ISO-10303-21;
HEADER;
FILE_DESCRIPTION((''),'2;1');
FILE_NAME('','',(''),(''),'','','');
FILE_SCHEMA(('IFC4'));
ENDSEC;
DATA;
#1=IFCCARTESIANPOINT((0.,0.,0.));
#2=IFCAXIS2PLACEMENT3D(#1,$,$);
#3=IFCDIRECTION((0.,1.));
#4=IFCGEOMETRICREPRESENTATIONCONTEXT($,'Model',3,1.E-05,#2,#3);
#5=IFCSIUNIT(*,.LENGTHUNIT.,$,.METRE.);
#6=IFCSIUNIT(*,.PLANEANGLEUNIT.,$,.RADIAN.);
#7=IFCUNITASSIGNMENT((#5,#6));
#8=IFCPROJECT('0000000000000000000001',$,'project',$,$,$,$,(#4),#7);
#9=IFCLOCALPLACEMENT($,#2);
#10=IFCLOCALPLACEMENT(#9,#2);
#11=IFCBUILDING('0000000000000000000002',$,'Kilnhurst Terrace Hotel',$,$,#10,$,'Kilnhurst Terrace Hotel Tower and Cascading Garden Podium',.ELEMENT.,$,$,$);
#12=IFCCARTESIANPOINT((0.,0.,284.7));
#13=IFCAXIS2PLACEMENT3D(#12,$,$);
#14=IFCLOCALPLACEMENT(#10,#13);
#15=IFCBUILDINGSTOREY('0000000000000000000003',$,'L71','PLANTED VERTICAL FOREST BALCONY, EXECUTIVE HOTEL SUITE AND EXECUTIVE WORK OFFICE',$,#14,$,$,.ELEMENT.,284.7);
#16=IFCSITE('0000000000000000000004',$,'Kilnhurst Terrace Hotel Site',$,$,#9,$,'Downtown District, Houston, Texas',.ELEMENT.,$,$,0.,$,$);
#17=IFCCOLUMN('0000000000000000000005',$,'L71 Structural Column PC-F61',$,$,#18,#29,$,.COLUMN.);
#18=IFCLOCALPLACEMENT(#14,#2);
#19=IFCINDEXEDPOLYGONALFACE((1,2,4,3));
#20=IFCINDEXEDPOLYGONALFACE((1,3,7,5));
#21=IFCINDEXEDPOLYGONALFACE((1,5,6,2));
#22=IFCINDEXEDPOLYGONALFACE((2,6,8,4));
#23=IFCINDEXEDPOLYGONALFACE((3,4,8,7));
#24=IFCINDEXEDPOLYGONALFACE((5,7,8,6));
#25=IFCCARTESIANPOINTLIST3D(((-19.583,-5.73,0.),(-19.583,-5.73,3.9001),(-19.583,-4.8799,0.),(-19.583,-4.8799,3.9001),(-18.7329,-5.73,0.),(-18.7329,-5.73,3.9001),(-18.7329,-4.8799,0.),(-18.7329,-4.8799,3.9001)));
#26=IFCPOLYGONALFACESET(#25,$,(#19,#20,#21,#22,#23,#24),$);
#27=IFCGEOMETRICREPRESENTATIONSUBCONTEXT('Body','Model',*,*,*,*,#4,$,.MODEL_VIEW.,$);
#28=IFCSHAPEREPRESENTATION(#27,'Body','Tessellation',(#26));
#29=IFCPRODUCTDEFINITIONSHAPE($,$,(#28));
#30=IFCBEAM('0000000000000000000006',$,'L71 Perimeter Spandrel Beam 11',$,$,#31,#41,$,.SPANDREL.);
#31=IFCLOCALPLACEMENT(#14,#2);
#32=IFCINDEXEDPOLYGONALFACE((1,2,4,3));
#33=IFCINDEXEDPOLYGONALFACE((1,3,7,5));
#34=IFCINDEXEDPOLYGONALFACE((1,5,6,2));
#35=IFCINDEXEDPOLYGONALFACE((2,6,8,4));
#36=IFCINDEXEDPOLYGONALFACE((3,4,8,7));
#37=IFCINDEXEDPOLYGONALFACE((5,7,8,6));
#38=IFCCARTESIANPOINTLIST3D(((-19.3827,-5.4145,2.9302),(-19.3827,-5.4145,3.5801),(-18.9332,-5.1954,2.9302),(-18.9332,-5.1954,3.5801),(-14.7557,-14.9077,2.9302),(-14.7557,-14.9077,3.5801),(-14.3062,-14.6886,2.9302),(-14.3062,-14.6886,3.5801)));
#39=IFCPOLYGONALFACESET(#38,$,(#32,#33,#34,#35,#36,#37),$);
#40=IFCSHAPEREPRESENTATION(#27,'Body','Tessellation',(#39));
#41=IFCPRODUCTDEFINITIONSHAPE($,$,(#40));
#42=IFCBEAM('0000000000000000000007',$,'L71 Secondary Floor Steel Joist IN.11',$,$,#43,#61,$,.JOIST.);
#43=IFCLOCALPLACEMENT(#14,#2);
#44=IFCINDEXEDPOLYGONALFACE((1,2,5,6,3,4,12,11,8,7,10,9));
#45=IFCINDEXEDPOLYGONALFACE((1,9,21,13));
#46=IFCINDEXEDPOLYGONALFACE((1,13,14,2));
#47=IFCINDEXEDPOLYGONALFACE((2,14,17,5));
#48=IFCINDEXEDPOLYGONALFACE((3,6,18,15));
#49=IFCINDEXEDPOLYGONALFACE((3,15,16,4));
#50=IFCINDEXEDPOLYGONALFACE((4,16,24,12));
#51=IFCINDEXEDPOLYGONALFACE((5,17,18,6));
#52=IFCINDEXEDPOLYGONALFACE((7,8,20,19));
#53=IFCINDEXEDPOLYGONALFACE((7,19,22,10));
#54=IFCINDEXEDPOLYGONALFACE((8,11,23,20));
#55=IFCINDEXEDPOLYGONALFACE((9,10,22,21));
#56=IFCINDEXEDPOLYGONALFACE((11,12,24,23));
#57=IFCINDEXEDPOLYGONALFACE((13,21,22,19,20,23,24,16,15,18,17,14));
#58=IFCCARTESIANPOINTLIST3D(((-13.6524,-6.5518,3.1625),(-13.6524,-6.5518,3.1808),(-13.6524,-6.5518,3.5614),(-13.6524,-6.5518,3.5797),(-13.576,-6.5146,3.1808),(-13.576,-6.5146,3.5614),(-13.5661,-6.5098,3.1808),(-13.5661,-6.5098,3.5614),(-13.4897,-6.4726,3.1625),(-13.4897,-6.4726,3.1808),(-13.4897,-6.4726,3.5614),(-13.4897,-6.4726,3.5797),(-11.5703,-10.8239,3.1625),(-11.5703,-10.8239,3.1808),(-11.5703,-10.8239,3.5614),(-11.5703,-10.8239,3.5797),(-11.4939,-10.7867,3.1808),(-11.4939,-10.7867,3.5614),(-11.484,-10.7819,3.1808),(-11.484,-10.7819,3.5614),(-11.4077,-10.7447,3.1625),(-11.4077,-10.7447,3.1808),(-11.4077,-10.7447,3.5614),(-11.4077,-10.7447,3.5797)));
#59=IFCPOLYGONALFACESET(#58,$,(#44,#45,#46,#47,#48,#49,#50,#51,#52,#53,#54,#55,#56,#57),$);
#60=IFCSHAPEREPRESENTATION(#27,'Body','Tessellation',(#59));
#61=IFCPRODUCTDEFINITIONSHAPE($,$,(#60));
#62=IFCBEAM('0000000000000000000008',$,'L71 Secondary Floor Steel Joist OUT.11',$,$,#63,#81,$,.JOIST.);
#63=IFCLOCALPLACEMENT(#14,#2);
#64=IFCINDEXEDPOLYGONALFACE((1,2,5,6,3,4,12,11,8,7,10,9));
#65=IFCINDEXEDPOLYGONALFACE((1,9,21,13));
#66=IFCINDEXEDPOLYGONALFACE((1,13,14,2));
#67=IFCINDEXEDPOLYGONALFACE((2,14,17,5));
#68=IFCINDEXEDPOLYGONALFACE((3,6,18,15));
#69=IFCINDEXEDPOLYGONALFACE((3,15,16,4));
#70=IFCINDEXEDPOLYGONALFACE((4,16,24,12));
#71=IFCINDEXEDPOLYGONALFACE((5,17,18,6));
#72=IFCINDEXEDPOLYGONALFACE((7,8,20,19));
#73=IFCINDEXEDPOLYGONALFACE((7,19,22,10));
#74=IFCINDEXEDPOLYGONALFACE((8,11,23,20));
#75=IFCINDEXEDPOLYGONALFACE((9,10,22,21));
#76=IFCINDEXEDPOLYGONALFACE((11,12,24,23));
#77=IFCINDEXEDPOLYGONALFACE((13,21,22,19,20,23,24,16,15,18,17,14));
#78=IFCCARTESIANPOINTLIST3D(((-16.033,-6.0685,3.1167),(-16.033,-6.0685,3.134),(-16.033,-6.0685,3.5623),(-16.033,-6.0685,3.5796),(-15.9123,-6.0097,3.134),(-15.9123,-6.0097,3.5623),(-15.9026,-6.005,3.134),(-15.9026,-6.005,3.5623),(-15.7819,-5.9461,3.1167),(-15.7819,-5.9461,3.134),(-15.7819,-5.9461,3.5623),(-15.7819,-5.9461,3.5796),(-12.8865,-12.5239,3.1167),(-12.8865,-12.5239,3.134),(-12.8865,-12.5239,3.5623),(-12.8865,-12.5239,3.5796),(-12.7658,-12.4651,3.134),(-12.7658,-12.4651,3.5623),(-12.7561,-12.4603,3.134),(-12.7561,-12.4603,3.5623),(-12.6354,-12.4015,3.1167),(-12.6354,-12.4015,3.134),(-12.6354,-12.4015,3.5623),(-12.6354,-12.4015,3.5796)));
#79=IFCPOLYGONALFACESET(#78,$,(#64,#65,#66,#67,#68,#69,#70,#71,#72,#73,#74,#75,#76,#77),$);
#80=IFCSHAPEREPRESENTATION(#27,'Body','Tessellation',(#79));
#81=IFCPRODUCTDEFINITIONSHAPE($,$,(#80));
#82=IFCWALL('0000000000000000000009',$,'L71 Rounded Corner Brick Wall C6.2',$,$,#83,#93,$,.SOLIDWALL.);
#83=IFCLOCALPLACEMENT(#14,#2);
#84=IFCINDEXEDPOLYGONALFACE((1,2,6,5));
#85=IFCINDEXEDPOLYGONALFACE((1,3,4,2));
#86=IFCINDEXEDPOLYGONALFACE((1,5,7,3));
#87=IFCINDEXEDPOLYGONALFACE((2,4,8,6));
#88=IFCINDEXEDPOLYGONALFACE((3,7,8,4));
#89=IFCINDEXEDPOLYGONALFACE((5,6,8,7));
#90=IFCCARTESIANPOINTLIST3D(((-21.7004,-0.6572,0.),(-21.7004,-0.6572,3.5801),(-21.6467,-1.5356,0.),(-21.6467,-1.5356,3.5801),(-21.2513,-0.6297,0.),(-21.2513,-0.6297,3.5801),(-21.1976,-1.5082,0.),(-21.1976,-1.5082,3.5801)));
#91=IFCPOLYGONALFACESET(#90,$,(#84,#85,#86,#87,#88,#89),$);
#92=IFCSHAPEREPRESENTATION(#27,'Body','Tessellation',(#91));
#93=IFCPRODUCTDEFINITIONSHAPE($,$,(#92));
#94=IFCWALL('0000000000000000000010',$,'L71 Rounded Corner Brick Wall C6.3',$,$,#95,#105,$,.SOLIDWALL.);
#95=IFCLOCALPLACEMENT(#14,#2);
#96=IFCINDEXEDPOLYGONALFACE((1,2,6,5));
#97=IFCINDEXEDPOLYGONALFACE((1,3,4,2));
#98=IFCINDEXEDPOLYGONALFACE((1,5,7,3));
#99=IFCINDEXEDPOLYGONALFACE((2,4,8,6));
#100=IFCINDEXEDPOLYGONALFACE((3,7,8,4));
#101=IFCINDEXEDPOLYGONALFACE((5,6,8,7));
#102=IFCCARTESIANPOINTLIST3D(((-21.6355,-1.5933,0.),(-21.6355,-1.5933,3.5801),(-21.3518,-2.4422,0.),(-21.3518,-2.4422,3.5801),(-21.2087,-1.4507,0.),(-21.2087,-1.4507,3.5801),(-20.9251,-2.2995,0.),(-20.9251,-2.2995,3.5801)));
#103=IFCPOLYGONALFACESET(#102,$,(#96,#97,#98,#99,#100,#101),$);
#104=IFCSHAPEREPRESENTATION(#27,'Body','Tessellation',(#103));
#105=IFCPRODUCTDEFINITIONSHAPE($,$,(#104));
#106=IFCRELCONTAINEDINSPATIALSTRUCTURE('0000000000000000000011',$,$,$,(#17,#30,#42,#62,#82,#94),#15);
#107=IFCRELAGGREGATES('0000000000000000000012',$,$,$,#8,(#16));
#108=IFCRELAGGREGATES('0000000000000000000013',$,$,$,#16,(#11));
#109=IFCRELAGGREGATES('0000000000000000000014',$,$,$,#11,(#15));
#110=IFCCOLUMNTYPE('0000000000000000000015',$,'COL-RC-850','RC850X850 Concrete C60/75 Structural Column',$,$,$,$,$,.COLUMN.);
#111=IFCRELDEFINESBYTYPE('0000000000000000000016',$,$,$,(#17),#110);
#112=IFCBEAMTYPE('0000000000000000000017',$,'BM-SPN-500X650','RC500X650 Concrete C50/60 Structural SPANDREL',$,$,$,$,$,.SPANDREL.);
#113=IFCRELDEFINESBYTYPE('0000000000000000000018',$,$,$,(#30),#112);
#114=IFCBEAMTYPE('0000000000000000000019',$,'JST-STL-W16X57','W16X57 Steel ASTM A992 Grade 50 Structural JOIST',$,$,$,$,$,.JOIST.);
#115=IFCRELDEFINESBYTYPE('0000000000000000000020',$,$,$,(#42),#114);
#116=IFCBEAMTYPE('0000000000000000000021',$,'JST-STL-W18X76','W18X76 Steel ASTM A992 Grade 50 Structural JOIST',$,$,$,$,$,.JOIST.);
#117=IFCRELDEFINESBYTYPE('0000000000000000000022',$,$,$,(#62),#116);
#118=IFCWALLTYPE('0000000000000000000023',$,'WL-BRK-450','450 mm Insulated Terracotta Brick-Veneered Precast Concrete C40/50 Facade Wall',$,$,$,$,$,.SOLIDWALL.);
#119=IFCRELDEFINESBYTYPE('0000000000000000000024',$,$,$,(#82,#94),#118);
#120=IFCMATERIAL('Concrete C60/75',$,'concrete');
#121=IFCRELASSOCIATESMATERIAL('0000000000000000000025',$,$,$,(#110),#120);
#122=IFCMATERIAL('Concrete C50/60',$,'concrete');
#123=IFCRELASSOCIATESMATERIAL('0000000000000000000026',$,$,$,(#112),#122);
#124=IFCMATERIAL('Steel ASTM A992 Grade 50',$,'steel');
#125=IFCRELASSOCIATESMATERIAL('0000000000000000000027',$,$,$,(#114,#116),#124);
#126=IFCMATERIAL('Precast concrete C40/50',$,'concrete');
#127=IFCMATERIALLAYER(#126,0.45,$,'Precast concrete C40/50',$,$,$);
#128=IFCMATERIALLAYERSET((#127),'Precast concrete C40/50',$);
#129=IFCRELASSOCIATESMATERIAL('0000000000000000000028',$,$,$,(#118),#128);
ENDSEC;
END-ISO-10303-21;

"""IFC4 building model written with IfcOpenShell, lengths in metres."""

from ifc_helpers import new_model, si_unit, direction, frame, frame_2d, origin, origin_2d, place, context, subcontext, project, spatial, rectangle, i_section, extrude, material, layer, layer_set, material_profile, profile_set, type_object, element, save


model = new_model("IFC4")

# Units and contexts
model_context = context("Model", 3, precision=1e-05, world=origin(), true_north=direction((0.0, 1.0)))
body_context = subcontext(model_context, "Body", "Model", "MODEL_VIEW")
ifc_project = project(units=[si_unit("LENGTHUNIT", "METRE"), si_unit("PLANEANGLEUNIT", "RADIAN")], contexts=[model_context])

# Site, building, storey
site_placement = place(None, origin())
site = spatial("IfcSite", under=ifc_project, at=site_placement, Name="Kilnhurst Terrace Hotel Site", LongName="Downtown District, Houston, Texas", CompositionType="ELEMENT", RefElevation=0.0)
building_placement = place(site_placement, origin())
building = spatial("IfcBuilding", under=site, at=building_placement, Name="Kilnhurst Terrace Hotel", LongName="Kilnhurst Terrace Hotel Tower and Cascading Garden Podium", CompositionType="ELEMENT")
storey_placement = place(building_placement, frame((0.0, 0.0, 284.7)))
storey = spatial("IfcBuildingStorey", under=building, at=storey_placement, Name="L71", Description="PLANTED VERTICAL FOREST BALCONY, EXECUTIVE HOTEL SUITE AND EXECUTIVE WORK OFFICE", CompositionType="ELEMENT", Elevation=284.7)

# Column
ifc_material_1 = material(Name="Concrete C60/75", Category="concrete")
ifc_material_profile_1 = material_profile(ifc_material_1, rectangle(XDim=0.8501, YDim=0.8501, at=origin_2d()), Name="RC850X850")
ifc_profile_set_1 = profile_set([ifc_material_profile_1], Name="Concrete C60/75")
column_type = type_object("IfcColumnType", Name="COL-RC-850", Description="RC850X850 Concrete C60/75 Structural Column", PredefinedType="COLUMN", material=ifc_profile_set_1)
column_placement = place(storey_placement, frame((-19.158, -5.3049, 0.0), z_axis=(0.0, 0.0, 1.0), x_axis=(1.0, 0.0, 0.0)))
element("IfcColumn", 1, at=column_placement, inside=storey, type_object=column_type, Name="L71 Structural Column PC-F61", PredefinedType="COLUMN", context=body_context, shape_type="SweptSolid", body=[
    extrude(rectangle(XDim=0.8501, YDim=0.8501, at=origin_2d()), origin(), (0.0, 0.0, 1.0), 3.9001),
])

# Beams
ifc_material_2 = material(Name="Concrete C50/60", Category="concrete")
ifc_material_profile_2 = material_profile(ifc_material_2, rectangle(XDim=0.5, YDim=0.6499, at=origin_2d()), Name="RC500X650")
ifc_profile_set_2 = profile_set([ifc_material_profile_2], Name="Concrete C50/60")
beam_type_1 = type_object("IfcBeamType", Name="BM-SPN-500X650", Description="RC500X650 Concrete C50/60 Structural SPANDREL", PredefinedType="SPANDREL", material=ifc_profile_set_2)
beam_1_placement = place(storey_placement, frame((-19.158, -5.3049, 3.2551), z_axis=(0.438128, -0.898912, 0.0), x_axis=(0.898912, 0.438128, 0.0)))
element("IfcBeam", 2, at=beam_1_placement, inside=storey, type_object=beam_type_1, Name="L71 Perimeter Spandrel Beam 11", PredefinedType="SPANDREL", context=body_context, shape_type="SweptSolid", body=[
    extrude(rectangle(XDim=0.5, YDim=0.6499, at=origin_2d()), origin(), (0.0, 0.0, 1.0), 10.5608),
])
ifc_material_3 = material(Name="Steel ASTM A992 Grade 50", Category="steel")
ifc_material_profile_3 = material_profile(ifc_material_3, i_section(OverallWidth=0.1809, OverallDepth=0.4172, WebThickness=0.011, FlangeThickness=0.0183, at=origin_2d()), Name="W16X57")
ifc_profile_set_3 = profile_set([ifc_material_profile_3], Name="Steel ASTM A992 Grade 50")
beam_type_2 = type_object("IfcBeamType", Name="JST-STL-W16X57", Description="W16X57 Steel ASTM A992 Grade 50 Structural JOIST", PredefinedType="JOIST", material=ifc_profile_set_3)
beam_2_placement = place(storey_placement, frame((-13.571, -6.5122, 3.3711), z_axis=(0.438108, -0.898922, 0.0), x_axis=(0.898922, 0.438108, 0.0)))
element("IfcBeam", 3, at=beam_2_placement, inside=storey, type_object=beam_type_2, Name="L71 Secondary Floor Steel Joist IN.11", PredefinedType="JOIST", context=body_context, shape_type="SweptSolid", body=[
    extrude(i_section(OverallWidth=0.1809, OverallDepth=0.4172, WebThickness=0.011, FlangeThickness=0.0183, at=origin_2d()), origin(), (0.0, 0.0, 1.0), 4.7524),
])
ifc_material_profile_4 = material_profile(ifc_material_3, i_section(OverallWidth=0.2793, OverallDepth=0.4629, WebThickness=0.0107, FlangeThickness=0.0173, at=origin_2d()), Name="W18X76")
ifc_profile_set_4 = profile_set([ifc_material_profile_4], Name="Steel ASTM A992 Grade 50")
beam_type_3 = type_object("IfcBeamType", Name="JST-STL-W18X76", Description="W18X76 Steel ASTM A992 Grade 50 Structural JOIST", PredefinedType="JOIST", material=ifc_profile_set_4)
beam_3_placement = place(storey_placement, frame((-15.9075, -6.0073, 3.3481), z_axis=(0.438148, -0.898903, 0.0), x_axis=(0.898903, 0.438148, 0.0)))
element("IfcBeam", 4, at=beam_3_placement, inside=storey, type_object=beam_type_3, Name="L71 Secondary Floor Steel Joist OUT.11", PredefinedType="JOIST", context=body_context, shape_type="SweptSolid", body=[
    extrude(i_section(OverallWidth=0.2793, OverallDepth=0.4629, WebThickness=0.0107, FlangeThickness=0.0173, at=origin_2d()), origin(), (0.0, 0.0, 1.0), 7.1814),
])

# Walls
ifc_material_4 = material(Name="Precast concrete C40/50", Category="concrete")
ifc_layer_1 = layer(ifc_material_4, 0.45, Name="Precast concrete C40/50")
ifc_layer_set_1 = layer_set([ifc_layer_1], Name="Precast concrete C40/50")
wall_type_1 = type_object("IfcWallType", Name="WL-BRK-450", Description="450 mm Insulated Terracotta Brick-Veneered Precast Concrete C40/50 Facade Wall", PredefinedType="SOLIDWALL", material=ifc_layer_set_1)
wall_1_placement = place(storey_placement, frame((-21.4758, -0.6436, 0.0), z_axis=(0.0, 0.0, 1.0), x_axis=(0.061031, -0.998136, 0.0)))
element("IfcWall", 5, at=wall_1_placement, inside=storey, type_object=wall_type_1, Name="L71 Rounded Corner Brick Wall C6.2", PredefinedType="SOLIDWALL", context=body_context, shape_type="SweptSolid", body=[
    extrude(rectangle(XDim=0.8801, YDim=0.45, at=frame_2d((0.4399, 0.0))), origin(), (0.0, 0.0, 1.0), 3.5801),
])
wall_2_placement = place(storey_placement, frame((-21.4221, -1.522, 0.0), z_axis=(0.0, 0.0, 1.0), x_axis=(0.316964, -0.948438, 0.0)))
element("IfcWall", 6, at=wall_2_placement, inside=storey, type_object=wall_type_1, Name="L71 Rounded Corner Brick Wall C6.3", PredefinedType="SOLIDWALL", context=body_context, shape_type="SweptSolid", body=[
    extrude(rectangle(XDim=0.895, YDim=0.45, at=frame_2d((0.4475, 0.0))), origin(), (0.0, 0.0, 1.0), 3.5801),
])

save(model, "model.ifc")
